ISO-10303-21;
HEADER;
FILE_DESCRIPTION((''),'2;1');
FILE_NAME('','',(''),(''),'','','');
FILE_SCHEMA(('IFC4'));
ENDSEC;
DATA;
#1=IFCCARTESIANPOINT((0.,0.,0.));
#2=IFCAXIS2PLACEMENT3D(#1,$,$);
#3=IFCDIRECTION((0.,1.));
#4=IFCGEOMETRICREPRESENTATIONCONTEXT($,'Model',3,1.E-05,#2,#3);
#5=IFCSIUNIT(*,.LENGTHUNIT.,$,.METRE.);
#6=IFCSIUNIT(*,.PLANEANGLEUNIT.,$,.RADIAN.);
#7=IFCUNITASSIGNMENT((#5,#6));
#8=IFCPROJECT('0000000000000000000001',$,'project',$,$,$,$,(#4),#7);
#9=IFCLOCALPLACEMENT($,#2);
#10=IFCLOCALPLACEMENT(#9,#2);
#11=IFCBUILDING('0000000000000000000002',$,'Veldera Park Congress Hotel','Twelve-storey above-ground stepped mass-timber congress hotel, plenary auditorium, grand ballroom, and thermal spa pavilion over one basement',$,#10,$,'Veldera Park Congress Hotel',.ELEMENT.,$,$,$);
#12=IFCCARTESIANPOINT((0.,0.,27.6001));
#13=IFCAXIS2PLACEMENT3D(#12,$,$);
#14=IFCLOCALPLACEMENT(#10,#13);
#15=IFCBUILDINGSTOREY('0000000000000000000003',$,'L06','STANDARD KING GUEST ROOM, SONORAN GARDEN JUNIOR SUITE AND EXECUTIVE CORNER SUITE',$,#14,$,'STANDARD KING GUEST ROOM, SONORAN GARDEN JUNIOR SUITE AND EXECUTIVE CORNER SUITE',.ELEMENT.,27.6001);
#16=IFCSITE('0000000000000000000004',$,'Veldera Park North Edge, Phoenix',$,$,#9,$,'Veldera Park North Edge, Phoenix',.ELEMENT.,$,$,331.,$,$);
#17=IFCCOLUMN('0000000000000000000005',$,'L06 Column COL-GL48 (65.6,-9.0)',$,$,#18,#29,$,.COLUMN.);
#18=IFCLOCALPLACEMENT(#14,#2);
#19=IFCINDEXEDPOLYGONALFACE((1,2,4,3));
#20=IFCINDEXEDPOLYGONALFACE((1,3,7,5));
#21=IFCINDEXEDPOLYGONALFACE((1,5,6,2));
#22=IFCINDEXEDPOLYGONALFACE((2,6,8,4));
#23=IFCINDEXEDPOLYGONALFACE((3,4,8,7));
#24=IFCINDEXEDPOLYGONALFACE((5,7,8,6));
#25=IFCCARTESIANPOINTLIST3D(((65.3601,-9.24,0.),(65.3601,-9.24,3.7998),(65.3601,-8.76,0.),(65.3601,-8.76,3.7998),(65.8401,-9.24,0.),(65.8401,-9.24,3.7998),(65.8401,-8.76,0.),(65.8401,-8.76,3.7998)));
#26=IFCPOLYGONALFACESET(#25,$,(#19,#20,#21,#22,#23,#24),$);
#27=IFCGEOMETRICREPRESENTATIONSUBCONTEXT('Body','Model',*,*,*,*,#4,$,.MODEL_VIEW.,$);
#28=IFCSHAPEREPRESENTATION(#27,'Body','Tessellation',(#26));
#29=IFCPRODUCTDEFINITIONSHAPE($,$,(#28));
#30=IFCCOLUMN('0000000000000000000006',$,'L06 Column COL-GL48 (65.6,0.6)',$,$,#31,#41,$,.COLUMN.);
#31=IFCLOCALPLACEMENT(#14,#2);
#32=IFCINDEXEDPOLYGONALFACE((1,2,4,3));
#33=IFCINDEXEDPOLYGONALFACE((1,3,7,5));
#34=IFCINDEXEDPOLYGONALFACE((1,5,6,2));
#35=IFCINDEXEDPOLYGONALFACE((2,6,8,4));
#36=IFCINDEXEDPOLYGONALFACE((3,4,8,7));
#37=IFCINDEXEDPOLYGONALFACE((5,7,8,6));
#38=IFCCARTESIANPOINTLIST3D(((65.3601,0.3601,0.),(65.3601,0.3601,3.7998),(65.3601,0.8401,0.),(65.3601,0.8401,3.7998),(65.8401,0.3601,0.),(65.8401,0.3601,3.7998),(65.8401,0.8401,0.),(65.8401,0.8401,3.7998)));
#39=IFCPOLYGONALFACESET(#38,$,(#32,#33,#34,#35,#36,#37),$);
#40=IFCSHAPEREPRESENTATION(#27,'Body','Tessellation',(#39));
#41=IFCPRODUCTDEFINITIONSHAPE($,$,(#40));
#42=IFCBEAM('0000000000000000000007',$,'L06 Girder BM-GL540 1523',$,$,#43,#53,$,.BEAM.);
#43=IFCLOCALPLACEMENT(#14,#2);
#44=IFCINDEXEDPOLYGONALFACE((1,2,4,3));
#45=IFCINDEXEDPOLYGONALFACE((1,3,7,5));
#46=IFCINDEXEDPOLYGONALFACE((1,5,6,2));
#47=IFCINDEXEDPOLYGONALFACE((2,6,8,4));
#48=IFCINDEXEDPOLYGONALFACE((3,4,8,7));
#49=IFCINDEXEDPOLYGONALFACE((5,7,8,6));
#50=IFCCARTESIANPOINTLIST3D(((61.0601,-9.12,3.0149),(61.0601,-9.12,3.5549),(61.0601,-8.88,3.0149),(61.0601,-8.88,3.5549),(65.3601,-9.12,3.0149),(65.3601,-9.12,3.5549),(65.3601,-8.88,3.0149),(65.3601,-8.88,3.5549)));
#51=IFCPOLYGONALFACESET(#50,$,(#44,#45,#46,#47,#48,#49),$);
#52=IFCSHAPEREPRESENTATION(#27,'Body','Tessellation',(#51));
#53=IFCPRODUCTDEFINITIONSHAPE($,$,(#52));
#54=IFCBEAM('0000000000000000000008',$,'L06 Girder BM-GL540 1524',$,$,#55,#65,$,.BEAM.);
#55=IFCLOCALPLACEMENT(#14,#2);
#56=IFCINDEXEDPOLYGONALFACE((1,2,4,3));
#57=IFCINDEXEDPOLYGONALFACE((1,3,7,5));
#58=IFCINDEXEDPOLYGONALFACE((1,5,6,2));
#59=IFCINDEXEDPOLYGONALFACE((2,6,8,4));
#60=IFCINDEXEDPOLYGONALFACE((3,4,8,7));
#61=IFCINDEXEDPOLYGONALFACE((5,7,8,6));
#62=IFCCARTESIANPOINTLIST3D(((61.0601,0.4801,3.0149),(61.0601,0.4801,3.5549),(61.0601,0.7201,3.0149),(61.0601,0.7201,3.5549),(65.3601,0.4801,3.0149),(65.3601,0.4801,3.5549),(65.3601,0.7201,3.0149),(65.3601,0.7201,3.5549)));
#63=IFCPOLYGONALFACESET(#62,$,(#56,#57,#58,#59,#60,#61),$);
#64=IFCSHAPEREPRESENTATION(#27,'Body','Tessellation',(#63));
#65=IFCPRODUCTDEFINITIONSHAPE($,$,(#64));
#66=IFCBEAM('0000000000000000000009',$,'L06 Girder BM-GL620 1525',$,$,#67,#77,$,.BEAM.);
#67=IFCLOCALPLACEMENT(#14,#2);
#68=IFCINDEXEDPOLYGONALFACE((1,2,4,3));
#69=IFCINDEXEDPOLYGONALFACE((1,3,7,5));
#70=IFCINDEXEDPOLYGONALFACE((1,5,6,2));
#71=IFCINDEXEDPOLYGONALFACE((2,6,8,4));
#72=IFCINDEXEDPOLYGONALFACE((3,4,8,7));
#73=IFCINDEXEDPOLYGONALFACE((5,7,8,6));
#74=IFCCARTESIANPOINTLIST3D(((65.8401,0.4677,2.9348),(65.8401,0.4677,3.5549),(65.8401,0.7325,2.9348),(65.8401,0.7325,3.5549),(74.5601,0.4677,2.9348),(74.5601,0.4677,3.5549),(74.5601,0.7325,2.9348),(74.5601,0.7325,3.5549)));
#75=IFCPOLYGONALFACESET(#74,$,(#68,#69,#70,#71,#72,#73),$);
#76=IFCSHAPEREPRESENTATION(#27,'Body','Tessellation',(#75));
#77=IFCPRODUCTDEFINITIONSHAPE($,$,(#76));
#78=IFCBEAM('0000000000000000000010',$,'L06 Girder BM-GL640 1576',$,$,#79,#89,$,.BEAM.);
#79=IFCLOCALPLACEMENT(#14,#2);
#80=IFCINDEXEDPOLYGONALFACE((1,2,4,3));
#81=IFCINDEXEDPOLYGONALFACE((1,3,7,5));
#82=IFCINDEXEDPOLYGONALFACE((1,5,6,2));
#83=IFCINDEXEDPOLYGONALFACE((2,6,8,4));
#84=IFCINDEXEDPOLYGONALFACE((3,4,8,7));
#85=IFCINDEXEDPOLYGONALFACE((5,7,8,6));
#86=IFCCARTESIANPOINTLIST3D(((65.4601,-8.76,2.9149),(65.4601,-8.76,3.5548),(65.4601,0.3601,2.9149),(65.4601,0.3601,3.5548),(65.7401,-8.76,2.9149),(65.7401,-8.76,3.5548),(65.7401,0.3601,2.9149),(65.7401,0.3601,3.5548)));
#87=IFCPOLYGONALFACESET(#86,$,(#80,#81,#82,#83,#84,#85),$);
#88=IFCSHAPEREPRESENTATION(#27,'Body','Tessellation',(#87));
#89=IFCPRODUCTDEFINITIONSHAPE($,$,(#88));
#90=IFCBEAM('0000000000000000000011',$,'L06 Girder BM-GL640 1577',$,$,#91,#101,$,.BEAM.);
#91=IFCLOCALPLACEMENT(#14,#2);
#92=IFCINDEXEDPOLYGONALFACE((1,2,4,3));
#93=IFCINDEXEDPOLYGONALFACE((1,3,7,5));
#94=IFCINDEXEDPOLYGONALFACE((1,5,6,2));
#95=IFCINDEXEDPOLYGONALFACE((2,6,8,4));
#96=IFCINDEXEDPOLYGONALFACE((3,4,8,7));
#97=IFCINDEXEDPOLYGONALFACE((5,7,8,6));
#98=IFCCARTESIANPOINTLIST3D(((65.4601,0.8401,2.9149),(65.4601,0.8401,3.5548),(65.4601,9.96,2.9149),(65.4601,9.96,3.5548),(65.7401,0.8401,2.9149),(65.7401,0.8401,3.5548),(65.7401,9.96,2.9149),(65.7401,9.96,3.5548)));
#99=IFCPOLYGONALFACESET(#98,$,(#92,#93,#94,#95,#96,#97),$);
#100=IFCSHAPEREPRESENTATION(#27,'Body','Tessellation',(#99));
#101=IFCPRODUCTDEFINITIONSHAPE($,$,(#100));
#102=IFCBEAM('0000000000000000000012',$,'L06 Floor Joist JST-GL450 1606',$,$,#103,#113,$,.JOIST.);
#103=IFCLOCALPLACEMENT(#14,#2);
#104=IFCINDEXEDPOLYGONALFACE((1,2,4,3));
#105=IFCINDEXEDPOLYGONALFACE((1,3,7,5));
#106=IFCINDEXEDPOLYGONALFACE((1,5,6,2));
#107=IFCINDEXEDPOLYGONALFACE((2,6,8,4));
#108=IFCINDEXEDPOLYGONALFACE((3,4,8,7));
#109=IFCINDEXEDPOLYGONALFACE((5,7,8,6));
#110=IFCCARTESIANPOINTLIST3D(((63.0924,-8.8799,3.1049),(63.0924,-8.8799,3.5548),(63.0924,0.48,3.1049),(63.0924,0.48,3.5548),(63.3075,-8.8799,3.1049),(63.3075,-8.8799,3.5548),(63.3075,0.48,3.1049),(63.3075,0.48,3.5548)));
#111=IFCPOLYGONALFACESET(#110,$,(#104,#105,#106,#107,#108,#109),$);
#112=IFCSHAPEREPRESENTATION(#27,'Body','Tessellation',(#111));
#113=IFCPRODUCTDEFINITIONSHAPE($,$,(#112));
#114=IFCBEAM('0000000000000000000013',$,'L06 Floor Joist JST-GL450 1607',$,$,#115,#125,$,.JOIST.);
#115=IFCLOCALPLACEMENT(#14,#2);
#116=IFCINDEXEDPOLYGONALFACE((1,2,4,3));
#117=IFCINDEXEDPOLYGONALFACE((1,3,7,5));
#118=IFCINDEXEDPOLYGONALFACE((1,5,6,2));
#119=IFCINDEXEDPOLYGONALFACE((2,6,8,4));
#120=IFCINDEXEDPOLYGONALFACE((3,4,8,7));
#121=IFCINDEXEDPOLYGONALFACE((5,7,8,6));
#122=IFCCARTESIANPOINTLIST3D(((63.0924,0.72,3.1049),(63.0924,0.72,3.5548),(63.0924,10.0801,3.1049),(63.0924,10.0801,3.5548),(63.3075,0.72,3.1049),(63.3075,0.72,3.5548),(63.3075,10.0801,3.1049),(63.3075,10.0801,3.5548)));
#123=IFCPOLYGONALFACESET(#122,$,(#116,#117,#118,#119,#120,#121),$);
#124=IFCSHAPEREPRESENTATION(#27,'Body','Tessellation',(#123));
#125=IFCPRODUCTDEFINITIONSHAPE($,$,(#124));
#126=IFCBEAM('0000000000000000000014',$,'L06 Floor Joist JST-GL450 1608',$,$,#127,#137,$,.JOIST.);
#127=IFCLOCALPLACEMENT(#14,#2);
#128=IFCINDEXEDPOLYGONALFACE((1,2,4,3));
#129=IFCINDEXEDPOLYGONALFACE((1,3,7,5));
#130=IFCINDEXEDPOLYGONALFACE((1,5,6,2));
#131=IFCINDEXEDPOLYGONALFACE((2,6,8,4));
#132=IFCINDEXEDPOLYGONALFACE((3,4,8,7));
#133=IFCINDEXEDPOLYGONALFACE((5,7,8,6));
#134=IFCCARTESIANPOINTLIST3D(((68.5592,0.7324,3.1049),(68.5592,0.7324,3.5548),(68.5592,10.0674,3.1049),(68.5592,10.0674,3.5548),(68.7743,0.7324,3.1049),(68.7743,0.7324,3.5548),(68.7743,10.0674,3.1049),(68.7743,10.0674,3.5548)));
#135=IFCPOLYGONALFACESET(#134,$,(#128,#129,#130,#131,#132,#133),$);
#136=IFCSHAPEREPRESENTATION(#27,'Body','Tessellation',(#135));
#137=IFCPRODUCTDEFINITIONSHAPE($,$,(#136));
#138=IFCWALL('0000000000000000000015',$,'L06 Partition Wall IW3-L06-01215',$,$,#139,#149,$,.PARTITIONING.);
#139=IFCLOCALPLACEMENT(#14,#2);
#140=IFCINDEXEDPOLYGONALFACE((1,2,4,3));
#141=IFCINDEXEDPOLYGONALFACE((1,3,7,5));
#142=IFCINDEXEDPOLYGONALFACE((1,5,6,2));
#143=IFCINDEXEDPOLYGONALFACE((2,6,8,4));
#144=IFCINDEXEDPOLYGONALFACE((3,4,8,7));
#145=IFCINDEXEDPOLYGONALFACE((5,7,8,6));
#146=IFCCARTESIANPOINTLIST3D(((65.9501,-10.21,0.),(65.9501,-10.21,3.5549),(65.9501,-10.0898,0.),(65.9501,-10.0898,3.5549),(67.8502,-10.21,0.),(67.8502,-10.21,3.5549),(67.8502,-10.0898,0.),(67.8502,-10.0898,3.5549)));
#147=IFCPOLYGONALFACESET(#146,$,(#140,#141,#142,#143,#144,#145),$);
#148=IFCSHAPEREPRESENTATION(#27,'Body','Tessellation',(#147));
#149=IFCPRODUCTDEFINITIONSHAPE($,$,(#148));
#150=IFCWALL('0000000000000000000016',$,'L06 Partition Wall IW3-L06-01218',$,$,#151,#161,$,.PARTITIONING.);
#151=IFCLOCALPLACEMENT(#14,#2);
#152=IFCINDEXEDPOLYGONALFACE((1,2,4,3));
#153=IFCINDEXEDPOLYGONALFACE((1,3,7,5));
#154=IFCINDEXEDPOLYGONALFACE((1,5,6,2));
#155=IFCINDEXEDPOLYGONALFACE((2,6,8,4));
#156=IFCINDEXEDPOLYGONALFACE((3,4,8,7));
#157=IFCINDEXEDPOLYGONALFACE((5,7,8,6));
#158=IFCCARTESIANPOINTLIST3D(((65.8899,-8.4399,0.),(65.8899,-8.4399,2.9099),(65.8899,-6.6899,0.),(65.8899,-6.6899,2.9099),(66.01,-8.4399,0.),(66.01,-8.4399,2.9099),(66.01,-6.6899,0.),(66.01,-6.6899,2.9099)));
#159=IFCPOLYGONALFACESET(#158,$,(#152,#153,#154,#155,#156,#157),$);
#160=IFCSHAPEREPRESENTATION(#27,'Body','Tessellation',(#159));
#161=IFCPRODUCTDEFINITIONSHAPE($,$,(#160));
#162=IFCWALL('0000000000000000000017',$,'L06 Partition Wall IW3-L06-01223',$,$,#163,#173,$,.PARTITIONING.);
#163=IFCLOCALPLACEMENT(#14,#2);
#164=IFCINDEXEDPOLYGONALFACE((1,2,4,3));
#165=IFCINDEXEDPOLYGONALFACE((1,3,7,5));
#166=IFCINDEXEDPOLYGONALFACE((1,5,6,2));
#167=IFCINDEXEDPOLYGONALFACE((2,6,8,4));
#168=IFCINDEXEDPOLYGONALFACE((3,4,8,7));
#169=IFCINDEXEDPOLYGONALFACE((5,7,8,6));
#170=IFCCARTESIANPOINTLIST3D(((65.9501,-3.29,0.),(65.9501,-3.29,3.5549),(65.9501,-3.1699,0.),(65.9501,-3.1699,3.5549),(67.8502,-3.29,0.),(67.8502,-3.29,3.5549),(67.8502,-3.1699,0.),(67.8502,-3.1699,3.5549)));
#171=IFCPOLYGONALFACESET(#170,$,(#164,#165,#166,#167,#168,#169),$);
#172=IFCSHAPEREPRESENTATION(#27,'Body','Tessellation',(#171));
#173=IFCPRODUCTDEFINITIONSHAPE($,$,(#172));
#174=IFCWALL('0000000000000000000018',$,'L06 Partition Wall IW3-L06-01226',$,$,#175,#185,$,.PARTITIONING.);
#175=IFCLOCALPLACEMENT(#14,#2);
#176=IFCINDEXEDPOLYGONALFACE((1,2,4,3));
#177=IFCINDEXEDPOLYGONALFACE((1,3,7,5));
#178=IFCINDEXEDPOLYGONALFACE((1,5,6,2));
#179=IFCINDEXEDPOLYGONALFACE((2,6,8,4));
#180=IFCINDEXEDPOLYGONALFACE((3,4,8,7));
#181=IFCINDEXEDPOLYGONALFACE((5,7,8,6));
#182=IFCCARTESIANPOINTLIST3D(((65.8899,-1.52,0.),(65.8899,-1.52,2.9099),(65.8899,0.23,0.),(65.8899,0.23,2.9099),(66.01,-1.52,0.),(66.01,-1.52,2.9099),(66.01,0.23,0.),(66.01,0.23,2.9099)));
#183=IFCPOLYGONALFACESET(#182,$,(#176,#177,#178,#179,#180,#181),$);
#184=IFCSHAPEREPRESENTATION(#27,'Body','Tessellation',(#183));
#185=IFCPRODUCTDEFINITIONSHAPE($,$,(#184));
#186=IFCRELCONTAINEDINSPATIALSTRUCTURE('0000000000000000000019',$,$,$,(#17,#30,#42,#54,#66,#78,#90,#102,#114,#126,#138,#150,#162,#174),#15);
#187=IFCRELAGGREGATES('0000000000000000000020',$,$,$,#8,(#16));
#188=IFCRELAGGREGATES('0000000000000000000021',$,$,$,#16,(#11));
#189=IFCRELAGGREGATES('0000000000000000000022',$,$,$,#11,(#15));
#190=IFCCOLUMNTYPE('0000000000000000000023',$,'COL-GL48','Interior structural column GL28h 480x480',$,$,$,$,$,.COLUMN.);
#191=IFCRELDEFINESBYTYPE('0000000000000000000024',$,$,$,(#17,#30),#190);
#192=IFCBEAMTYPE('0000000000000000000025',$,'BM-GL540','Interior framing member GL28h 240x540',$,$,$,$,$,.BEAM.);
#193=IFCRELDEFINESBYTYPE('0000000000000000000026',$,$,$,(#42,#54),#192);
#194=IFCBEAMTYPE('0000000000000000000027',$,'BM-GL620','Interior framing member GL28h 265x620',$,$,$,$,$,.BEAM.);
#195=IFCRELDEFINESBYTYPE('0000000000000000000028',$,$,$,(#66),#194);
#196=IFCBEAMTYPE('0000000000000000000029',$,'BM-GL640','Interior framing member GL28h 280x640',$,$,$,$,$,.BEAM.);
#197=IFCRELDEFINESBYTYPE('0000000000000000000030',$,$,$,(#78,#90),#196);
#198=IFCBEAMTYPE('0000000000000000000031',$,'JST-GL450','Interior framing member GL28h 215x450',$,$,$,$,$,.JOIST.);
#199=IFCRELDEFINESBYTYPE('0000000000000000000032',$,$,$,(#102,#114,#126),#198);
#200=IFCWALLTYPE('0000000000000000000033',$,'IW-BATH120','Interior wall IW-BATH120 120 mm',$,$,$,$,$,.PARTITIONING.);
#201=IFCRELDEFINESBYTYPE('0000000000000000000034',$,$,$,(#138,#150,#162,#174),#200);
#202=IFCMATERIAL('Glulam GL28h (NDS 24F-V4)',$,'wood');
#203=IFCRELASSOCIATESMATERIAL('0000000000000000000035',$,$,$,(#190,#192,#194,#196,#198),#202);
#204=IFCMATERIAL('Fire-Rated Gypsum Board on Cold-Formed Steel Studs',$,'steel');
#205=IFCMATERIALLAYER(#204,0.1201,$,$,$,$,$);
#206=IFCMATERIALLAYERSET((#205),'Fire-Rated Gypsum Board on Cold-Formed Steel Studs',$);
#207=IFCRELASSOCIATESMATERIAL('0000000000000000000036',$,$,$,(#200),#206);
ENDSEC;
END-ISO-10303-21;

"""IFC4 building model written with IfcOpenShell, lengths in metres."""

from ifc_helpers import new_model, si_unit, direction, frame, frame_2d, origin, origin_2d, place, context, subcontext, project, spatial, rectangle, extrude, material, layer, layer_set, material_profile, profile_set, type_object, element, save


model = new_model("IFC4")

# Units and contexts
model_context = context("Model", 3, precision=1e-05, world=origin(), true_north=direction((0.0, 1.0)))
body_context = subcontext(model_context, "Body", "Model", "MODEL_VIEW")
ifc_project = project(units=[si_unit("LENGTHUNIT", "METRE"), si_unit("PLANEANGLEUNIT", "RADIAN")], contexts=[model_context])

# Site, building, storey
site_placement = place(None, origin())
site = spatial("IfcSite", under=ifc_project, at=site_placement, Name="Veldera Park North Edge, Phoenix", LongName="Veldera Park North Edge, Phoenix", CompositionType="ELEMENT", RefElevation=331.0)
building_placement = place(site_placement, origin())
building = spatial("IfcBuilding", under=site, at=building_placement, Name="Veldera Park Congress Hotel", Description="Twelve-storey above-ground stepped mass-timber congress hotel, plenary auditorium, grand ballroom, and thermal spa pavilion over one basement", LongName="Veldera Park Congress Hotel", CompositionType="ELEMENT")
storey_placement = place(building_placement, frame((0.0, 0.0, 27.6001)))
storey = spatial("IfcBuildingStorey", under=building, at=storey_placement, Name="L06", Description="STANDARD KING GUEST ROOM, SONORAN GARDEN JUNIOR SUITE AND EXECUTIVE CORNER SUITE", LongName="STANDARD KING GUEST ROOM, SONORAN GARDEN JUNIOR SUITE AND EXECUTIVE CORNER SUITE", CompositionType="ELEMENT", Elevation=27.6001)

# Columns
ifc_material_1 = material(Name="Glulam GL28h (NDS 24F-V4)", Category="wood")
ifc_material_profile_1 = material_profile(ifc_material_1, rectangle(XDim=0.48, YDim=0.48, at=origin_2d()), Name="GL28h 480x480")
ifc_profile_set_1 = profile_set([ifc_material_profile_1], Name="Glulam GL28h (NDS 24F-V4)")
column_type = type_object("IfcColumnType", Name="COL-GL48", Description="Interior structural column GL28h 480x480", PredefinedType="COLUMN", material=ifc_profile_set_1)
for number, where, z_axis, x_axis, name in (
    (1, (65.6001, -9.0, 0.0), (0.0, 0.0, 1.0), (1.0, 0.0, 0.0), "L06 Column COL-GL48 (65.6,-9.0)"),
    (2, (65.6001, 0.6001, 0.0), (0.0, 0.0, 1.0), (1.0, 0.0, 0.0), "L06 Column COL-GL48 (65.6,0.6)"),
):
    element("IfcColumn", number, at=place(storey_placement, frame(where, z_axis=z_axis, x_axis=x_axis)), inside=storey, type_object=column_type, Name=name, PredefinedType="COLUMN", context=body_context, shape_type="SweptSolid", body=[
        extrude(rectangle(XDim=0.48, YDim=0.48, at=origin_2d()), origin(), (0.0, 0.0, 1.0), 3.7998),
    ])

# Beams
ifc_material_profile_2 = material_profile(ifc_material_1, rectangle(XDim=0.24, YDim=0.54, at=origin_2d()), Name="GL28h 240x540")
ifc_profile_set_2 = profile_set([ifc_material_profile_2], Name="Glulam GL28h (NDS 24F-V4)")
beam_type_1 = type_object("IfcBeamType", Name="BM-GL540", Description="Interior framing member GL28h 240x540", PredefinedType="BEAM", material=ifc_profile_set_2)
for number, where, z_axis, x_axis, name in (
    (3, (61.0601, -9.0, 3.2849), (1.0, 0.0, 0.0), (0.0, 1.0, 0.0), "L06 Girder BM-GL540 1523"),
    (4, (61.0601, 0.6001, 3.2849), (1.0, 0.0, 0.0), (0.0, 1.0, 0.0), "L06 Girder BM-GL540 1524"),
):
    element("IfcBeam", number, at=place(storey_placement, frame(where, z_axis=z_axis, x_axis=x_axis)), inside=storey, type_object=beam_type_1, Name=name, PredefinedType="BEAM", context=body_context, shape_type="SweptSolid", body=[
        extrude(rectangle(XDim=0.24, YDim=0.54, at=origin_2d()), origin(), (0.0, 0.0, 1.0), 4.3),
    ])
ifc_material_profile_3 = material_profile(ifc_material_1, rectangle(XDim=0.2649, YDim=0.6201, at=origin_2d()), Name="GL28h 265x620")
ifc_profile_set_3 = profile_set([ifc_material_profile_3], Name="Glulam GL28h (NDS 24F-V4)")
beam_type_2 = type_object("IfcBeamType", Name="BM-GL620", Description="Interior framing member GL28h 265x620", PredefinedType="BEAM", material=ifc_profile_set_3)
beam_1_placement = place(storey_placement, frame((65.8401, 0.6001, 3.2449), z_axis=(1.0, 0.0, 0.0), x_axis=(0.0, 1.0, 0.0)))
element("IfcBeam", 5, at=beam_1_placement, inside=storey, type_object=beam_type_2, Name="L06 Girder BM-GL620 1525", PredefinedType="BEAM", context=body_context, shape_type="SweptSolid", body=[
    extrude(rectangle(XDim=0.2649, YDim=0.6201, at=origin_2d()), origin(), (0.0, 0.0, 1.0), 8.72),
])
ifc_material_profile_4 = material_profile(ifc_material_1, rectangle(XDim=0.28, YDim=0.6399, at=origin_2d()), Name="GL28h 280x640")
ifc_profile_set_4 = profile_set([ifc_material_profile_4], Name="Glulam GL28h (NDS 24F-V4)")
beam_type_3 = type_object("IfcBeamType", Name="BM-GL640", Description="Interior framing member GL28h 280x640", PredefinedType="BEAM", material=ifc_profile_set_4)
beam_2_placement = place(storey_placement, frame((65.6001, -8.76, 3.2349), z_axis=(0.0, 1.0, 0.0), x_axis=(-1.0, 0.0, 0.0)))
element("IfcBeam", 6, at=beam_2_placement, inside=storey, type_object=beam_type_3, Name="L06 Girder BM-GL640 1576", PredefinedType="BEAM", context=body_context, shape_type="SweptSolid", body=[
    extrude(rectangle(XDim=0.28, YDim=0.6399, at=origin_2d()), origin(), (0.0, 0.0, 1.0), 9.1201),
])
beam_3_placement = place(storey_placement, frame((65.6001, 0.8401, 3.2349), z_axis=(0.0, 1.0, 0.0), x_axis=(-1.0, 0.0, 0.0)))
element("IfcBeam", 7, at=beam_3_placement, inside=storey, type_object=beam_type_3, Name="L06 Girder BM-GL640 1577", PredefinedType="BEAM", context=body_context, shape_type="SweptSolid", body=[
    extrude(rectangle(XDim=0.28, YDim=0.6399, at=origin_2d()), origin(), (0.0, 0.0, 1.0), 9.1199),
])
ifc_material_profile_5 = material_profile(ifc_material_1, rectangle(XDim=0.2151, YDim=0.45, at=origin_2d()), Name="GL28h 215x450")
ifc_profile_set_5 = profile_set([ifc_material_profile_5], Name="Glulam GL28h (NDS 24F-V4)")
beam_type_4 = type_object("IfcBeamType", Name="JST-GL450", Description="Interior framing member GL28h 215x450", PredefinedType="JOIST", material=ifc_profile_set_5)
beam_4_placement = place(storey_placement, frame((63.2, -8.8799, 3.3298), z_axis=(0.0, 1.0, 0.0), x_axis=(-1.0, 0.0, 0.0)))
element("IfcBeam", 8, at=beam_4_placement, inside=storey, type_object=beam_type_4, Name="L06 Floor Joist JST-GL450 1606", PredefinedType="JOIST", context=body_context, shape_type="SweptSolid", body=[
    extrude(rectangle(XDim=0.2151, YDim=0.45, at=origin_2d()), origin(), (0.0, 0.0, 1.0), 9.3599),
])
beam_5_placement = place(storey_placement, frame((63.2, 0.72, 3.3298), z_axis=(0.0, 1.0, 0.0), x_axis=(-1.0, 0.0, 0.0)))
element("IfcBeam", 9, at=beam_5_placement, inside=storey, type_object=beam_type_4, Name="L06 Floor Joist JST-GL450 1607", PredefinedType="JOIST", context=body_context, shape_type="SweptSolid", body=[
    extrude(rectangle(XDim=0.2151, YDim=0.45, at=origin_2d()), origin(), (0.0, 0.0, 1.0), 9.3601),
])
beam_6_placement = place(storey_placement, frame((68.6667, 0.7324, 3.3298), z_axis=(0.0, 1.0, 0.0), x_axis=(-1.0, 0.0, 0.0)))
element("IfcBeam", 10, at=beam_6_placement, inside=storey, type_object=beam_type_4, Name="L06 Floor Joist JST-GL450 1608", PredefinedType="JOIST", context=body_context, shape_type="SweptSolid", body=[
    extrude(rectangle(XDim=0.2151, YDim=0.45, at=origin_2d()), origin(), (0.0, 0.0, 1.0), 9.335),
])

# Walls
ifc_material_2 = material(Name="Fire-Rated Gypsum Board on Cold-Formed Steel Studs", Category="steel")
ifc_layer_1 = layer(ifc_material_2, 0.1201)
ifc_layer_set_1 = layer_set([ifc_layer_1], Name="Fire-Rated Gypsum Board on Cold-Formed Steel Studs")
wall_type_1 = type_object("IfcWallType", Name="IW-BATH120", Description="Interior wall IW-BATH120 120 mm", PredefinedType="PARTITIONING", material=ifc_layer_set_1)
wall_1_placement = place(storey_placement, frame((65.95, -10.1499, 0.0), z_axis=(0.0, 0.0, 1.0), x_axis=(1.0, 0.0, 0.0)))
element("IfcWall", 11, at=wall_1_placement, inside=storey, type_object=wall_type_1, Name="L06 Partition Wall IW3-L06-01215", PredefinedType="PARTITIONING", context=body_context, shape_type="SweptSolid", body=[
    extrude(rectangle(XDim=1.9001, YDim=0.1201, at=frame_2d((0.9502, 0.0))), origin(), (0.0, 0.0, 1.0), 3.5549),
])
wall_2_placement = place(storey_placement, frame((65.95, -8.4399, 0.0), z_axis=(0.0, 0.0, 1.0), x_axis=(0.0, 1.0, 0.0)))
element("IfcWall", 12, at=wall_2_placement, inside=storey, type_object=wall_type_1, Name="L06 Partition Wall IW3-L06-01218", PredefinedType="PARTITIONING", context=body_context, shape_type="SweptSolid", body=[
    extrude(rectangle(XDim=1.75, YDim=0.1201, at=frame_2d((0.875, 0.0))), origin(), (0.0, 0.0, 1.0), 2.9099),
])

# Walls
wall_3_placement = place(storey_placement, frame((65.95, -3.23, 0.0), z_axis=(0.0, 0.0, 1.0), x_axis=(1.0, 0.0, 0.0)))
element("IfcWall", 13, at=wall_3_placement, inside=storey, type_object=wall_type_1, Name="L06 Partition Wall IW3-L06-01223", PredefinedType="PARTITIONING", context=body_context, shape_type="SweptSolid", body=[
    extrude(rectangle(XDim=1.9001, YDim=0.1201, at=frame_2d((0.9502, 0.0))), origin(), (0.0, 0.0, 1.0), 3.5549),
])
wall_4_placement = place(storey_placement, frame((65.95, -1.52, 0.0), z_axis=(0.0, 0.0, 1.0), x_axis=(0.0, 1.0, 0.0)))
element("IfcWall", 14, at=wall_4_placement, inside=storey, type_object=wall_type_1, Name="L06 Partition Wall IW3-L06-01226", PredefinedType="PARTITIONING", context=body_context, shape_type="SweptSolid", body=[
    extrude(rectangle(XDim=1.75, YDim=0.1201, at=frame_2d((0.875, 0.0))), origin(), (0.0, 0.0, 1.0), 2.9099),
])

save(model, "model.ifc")
